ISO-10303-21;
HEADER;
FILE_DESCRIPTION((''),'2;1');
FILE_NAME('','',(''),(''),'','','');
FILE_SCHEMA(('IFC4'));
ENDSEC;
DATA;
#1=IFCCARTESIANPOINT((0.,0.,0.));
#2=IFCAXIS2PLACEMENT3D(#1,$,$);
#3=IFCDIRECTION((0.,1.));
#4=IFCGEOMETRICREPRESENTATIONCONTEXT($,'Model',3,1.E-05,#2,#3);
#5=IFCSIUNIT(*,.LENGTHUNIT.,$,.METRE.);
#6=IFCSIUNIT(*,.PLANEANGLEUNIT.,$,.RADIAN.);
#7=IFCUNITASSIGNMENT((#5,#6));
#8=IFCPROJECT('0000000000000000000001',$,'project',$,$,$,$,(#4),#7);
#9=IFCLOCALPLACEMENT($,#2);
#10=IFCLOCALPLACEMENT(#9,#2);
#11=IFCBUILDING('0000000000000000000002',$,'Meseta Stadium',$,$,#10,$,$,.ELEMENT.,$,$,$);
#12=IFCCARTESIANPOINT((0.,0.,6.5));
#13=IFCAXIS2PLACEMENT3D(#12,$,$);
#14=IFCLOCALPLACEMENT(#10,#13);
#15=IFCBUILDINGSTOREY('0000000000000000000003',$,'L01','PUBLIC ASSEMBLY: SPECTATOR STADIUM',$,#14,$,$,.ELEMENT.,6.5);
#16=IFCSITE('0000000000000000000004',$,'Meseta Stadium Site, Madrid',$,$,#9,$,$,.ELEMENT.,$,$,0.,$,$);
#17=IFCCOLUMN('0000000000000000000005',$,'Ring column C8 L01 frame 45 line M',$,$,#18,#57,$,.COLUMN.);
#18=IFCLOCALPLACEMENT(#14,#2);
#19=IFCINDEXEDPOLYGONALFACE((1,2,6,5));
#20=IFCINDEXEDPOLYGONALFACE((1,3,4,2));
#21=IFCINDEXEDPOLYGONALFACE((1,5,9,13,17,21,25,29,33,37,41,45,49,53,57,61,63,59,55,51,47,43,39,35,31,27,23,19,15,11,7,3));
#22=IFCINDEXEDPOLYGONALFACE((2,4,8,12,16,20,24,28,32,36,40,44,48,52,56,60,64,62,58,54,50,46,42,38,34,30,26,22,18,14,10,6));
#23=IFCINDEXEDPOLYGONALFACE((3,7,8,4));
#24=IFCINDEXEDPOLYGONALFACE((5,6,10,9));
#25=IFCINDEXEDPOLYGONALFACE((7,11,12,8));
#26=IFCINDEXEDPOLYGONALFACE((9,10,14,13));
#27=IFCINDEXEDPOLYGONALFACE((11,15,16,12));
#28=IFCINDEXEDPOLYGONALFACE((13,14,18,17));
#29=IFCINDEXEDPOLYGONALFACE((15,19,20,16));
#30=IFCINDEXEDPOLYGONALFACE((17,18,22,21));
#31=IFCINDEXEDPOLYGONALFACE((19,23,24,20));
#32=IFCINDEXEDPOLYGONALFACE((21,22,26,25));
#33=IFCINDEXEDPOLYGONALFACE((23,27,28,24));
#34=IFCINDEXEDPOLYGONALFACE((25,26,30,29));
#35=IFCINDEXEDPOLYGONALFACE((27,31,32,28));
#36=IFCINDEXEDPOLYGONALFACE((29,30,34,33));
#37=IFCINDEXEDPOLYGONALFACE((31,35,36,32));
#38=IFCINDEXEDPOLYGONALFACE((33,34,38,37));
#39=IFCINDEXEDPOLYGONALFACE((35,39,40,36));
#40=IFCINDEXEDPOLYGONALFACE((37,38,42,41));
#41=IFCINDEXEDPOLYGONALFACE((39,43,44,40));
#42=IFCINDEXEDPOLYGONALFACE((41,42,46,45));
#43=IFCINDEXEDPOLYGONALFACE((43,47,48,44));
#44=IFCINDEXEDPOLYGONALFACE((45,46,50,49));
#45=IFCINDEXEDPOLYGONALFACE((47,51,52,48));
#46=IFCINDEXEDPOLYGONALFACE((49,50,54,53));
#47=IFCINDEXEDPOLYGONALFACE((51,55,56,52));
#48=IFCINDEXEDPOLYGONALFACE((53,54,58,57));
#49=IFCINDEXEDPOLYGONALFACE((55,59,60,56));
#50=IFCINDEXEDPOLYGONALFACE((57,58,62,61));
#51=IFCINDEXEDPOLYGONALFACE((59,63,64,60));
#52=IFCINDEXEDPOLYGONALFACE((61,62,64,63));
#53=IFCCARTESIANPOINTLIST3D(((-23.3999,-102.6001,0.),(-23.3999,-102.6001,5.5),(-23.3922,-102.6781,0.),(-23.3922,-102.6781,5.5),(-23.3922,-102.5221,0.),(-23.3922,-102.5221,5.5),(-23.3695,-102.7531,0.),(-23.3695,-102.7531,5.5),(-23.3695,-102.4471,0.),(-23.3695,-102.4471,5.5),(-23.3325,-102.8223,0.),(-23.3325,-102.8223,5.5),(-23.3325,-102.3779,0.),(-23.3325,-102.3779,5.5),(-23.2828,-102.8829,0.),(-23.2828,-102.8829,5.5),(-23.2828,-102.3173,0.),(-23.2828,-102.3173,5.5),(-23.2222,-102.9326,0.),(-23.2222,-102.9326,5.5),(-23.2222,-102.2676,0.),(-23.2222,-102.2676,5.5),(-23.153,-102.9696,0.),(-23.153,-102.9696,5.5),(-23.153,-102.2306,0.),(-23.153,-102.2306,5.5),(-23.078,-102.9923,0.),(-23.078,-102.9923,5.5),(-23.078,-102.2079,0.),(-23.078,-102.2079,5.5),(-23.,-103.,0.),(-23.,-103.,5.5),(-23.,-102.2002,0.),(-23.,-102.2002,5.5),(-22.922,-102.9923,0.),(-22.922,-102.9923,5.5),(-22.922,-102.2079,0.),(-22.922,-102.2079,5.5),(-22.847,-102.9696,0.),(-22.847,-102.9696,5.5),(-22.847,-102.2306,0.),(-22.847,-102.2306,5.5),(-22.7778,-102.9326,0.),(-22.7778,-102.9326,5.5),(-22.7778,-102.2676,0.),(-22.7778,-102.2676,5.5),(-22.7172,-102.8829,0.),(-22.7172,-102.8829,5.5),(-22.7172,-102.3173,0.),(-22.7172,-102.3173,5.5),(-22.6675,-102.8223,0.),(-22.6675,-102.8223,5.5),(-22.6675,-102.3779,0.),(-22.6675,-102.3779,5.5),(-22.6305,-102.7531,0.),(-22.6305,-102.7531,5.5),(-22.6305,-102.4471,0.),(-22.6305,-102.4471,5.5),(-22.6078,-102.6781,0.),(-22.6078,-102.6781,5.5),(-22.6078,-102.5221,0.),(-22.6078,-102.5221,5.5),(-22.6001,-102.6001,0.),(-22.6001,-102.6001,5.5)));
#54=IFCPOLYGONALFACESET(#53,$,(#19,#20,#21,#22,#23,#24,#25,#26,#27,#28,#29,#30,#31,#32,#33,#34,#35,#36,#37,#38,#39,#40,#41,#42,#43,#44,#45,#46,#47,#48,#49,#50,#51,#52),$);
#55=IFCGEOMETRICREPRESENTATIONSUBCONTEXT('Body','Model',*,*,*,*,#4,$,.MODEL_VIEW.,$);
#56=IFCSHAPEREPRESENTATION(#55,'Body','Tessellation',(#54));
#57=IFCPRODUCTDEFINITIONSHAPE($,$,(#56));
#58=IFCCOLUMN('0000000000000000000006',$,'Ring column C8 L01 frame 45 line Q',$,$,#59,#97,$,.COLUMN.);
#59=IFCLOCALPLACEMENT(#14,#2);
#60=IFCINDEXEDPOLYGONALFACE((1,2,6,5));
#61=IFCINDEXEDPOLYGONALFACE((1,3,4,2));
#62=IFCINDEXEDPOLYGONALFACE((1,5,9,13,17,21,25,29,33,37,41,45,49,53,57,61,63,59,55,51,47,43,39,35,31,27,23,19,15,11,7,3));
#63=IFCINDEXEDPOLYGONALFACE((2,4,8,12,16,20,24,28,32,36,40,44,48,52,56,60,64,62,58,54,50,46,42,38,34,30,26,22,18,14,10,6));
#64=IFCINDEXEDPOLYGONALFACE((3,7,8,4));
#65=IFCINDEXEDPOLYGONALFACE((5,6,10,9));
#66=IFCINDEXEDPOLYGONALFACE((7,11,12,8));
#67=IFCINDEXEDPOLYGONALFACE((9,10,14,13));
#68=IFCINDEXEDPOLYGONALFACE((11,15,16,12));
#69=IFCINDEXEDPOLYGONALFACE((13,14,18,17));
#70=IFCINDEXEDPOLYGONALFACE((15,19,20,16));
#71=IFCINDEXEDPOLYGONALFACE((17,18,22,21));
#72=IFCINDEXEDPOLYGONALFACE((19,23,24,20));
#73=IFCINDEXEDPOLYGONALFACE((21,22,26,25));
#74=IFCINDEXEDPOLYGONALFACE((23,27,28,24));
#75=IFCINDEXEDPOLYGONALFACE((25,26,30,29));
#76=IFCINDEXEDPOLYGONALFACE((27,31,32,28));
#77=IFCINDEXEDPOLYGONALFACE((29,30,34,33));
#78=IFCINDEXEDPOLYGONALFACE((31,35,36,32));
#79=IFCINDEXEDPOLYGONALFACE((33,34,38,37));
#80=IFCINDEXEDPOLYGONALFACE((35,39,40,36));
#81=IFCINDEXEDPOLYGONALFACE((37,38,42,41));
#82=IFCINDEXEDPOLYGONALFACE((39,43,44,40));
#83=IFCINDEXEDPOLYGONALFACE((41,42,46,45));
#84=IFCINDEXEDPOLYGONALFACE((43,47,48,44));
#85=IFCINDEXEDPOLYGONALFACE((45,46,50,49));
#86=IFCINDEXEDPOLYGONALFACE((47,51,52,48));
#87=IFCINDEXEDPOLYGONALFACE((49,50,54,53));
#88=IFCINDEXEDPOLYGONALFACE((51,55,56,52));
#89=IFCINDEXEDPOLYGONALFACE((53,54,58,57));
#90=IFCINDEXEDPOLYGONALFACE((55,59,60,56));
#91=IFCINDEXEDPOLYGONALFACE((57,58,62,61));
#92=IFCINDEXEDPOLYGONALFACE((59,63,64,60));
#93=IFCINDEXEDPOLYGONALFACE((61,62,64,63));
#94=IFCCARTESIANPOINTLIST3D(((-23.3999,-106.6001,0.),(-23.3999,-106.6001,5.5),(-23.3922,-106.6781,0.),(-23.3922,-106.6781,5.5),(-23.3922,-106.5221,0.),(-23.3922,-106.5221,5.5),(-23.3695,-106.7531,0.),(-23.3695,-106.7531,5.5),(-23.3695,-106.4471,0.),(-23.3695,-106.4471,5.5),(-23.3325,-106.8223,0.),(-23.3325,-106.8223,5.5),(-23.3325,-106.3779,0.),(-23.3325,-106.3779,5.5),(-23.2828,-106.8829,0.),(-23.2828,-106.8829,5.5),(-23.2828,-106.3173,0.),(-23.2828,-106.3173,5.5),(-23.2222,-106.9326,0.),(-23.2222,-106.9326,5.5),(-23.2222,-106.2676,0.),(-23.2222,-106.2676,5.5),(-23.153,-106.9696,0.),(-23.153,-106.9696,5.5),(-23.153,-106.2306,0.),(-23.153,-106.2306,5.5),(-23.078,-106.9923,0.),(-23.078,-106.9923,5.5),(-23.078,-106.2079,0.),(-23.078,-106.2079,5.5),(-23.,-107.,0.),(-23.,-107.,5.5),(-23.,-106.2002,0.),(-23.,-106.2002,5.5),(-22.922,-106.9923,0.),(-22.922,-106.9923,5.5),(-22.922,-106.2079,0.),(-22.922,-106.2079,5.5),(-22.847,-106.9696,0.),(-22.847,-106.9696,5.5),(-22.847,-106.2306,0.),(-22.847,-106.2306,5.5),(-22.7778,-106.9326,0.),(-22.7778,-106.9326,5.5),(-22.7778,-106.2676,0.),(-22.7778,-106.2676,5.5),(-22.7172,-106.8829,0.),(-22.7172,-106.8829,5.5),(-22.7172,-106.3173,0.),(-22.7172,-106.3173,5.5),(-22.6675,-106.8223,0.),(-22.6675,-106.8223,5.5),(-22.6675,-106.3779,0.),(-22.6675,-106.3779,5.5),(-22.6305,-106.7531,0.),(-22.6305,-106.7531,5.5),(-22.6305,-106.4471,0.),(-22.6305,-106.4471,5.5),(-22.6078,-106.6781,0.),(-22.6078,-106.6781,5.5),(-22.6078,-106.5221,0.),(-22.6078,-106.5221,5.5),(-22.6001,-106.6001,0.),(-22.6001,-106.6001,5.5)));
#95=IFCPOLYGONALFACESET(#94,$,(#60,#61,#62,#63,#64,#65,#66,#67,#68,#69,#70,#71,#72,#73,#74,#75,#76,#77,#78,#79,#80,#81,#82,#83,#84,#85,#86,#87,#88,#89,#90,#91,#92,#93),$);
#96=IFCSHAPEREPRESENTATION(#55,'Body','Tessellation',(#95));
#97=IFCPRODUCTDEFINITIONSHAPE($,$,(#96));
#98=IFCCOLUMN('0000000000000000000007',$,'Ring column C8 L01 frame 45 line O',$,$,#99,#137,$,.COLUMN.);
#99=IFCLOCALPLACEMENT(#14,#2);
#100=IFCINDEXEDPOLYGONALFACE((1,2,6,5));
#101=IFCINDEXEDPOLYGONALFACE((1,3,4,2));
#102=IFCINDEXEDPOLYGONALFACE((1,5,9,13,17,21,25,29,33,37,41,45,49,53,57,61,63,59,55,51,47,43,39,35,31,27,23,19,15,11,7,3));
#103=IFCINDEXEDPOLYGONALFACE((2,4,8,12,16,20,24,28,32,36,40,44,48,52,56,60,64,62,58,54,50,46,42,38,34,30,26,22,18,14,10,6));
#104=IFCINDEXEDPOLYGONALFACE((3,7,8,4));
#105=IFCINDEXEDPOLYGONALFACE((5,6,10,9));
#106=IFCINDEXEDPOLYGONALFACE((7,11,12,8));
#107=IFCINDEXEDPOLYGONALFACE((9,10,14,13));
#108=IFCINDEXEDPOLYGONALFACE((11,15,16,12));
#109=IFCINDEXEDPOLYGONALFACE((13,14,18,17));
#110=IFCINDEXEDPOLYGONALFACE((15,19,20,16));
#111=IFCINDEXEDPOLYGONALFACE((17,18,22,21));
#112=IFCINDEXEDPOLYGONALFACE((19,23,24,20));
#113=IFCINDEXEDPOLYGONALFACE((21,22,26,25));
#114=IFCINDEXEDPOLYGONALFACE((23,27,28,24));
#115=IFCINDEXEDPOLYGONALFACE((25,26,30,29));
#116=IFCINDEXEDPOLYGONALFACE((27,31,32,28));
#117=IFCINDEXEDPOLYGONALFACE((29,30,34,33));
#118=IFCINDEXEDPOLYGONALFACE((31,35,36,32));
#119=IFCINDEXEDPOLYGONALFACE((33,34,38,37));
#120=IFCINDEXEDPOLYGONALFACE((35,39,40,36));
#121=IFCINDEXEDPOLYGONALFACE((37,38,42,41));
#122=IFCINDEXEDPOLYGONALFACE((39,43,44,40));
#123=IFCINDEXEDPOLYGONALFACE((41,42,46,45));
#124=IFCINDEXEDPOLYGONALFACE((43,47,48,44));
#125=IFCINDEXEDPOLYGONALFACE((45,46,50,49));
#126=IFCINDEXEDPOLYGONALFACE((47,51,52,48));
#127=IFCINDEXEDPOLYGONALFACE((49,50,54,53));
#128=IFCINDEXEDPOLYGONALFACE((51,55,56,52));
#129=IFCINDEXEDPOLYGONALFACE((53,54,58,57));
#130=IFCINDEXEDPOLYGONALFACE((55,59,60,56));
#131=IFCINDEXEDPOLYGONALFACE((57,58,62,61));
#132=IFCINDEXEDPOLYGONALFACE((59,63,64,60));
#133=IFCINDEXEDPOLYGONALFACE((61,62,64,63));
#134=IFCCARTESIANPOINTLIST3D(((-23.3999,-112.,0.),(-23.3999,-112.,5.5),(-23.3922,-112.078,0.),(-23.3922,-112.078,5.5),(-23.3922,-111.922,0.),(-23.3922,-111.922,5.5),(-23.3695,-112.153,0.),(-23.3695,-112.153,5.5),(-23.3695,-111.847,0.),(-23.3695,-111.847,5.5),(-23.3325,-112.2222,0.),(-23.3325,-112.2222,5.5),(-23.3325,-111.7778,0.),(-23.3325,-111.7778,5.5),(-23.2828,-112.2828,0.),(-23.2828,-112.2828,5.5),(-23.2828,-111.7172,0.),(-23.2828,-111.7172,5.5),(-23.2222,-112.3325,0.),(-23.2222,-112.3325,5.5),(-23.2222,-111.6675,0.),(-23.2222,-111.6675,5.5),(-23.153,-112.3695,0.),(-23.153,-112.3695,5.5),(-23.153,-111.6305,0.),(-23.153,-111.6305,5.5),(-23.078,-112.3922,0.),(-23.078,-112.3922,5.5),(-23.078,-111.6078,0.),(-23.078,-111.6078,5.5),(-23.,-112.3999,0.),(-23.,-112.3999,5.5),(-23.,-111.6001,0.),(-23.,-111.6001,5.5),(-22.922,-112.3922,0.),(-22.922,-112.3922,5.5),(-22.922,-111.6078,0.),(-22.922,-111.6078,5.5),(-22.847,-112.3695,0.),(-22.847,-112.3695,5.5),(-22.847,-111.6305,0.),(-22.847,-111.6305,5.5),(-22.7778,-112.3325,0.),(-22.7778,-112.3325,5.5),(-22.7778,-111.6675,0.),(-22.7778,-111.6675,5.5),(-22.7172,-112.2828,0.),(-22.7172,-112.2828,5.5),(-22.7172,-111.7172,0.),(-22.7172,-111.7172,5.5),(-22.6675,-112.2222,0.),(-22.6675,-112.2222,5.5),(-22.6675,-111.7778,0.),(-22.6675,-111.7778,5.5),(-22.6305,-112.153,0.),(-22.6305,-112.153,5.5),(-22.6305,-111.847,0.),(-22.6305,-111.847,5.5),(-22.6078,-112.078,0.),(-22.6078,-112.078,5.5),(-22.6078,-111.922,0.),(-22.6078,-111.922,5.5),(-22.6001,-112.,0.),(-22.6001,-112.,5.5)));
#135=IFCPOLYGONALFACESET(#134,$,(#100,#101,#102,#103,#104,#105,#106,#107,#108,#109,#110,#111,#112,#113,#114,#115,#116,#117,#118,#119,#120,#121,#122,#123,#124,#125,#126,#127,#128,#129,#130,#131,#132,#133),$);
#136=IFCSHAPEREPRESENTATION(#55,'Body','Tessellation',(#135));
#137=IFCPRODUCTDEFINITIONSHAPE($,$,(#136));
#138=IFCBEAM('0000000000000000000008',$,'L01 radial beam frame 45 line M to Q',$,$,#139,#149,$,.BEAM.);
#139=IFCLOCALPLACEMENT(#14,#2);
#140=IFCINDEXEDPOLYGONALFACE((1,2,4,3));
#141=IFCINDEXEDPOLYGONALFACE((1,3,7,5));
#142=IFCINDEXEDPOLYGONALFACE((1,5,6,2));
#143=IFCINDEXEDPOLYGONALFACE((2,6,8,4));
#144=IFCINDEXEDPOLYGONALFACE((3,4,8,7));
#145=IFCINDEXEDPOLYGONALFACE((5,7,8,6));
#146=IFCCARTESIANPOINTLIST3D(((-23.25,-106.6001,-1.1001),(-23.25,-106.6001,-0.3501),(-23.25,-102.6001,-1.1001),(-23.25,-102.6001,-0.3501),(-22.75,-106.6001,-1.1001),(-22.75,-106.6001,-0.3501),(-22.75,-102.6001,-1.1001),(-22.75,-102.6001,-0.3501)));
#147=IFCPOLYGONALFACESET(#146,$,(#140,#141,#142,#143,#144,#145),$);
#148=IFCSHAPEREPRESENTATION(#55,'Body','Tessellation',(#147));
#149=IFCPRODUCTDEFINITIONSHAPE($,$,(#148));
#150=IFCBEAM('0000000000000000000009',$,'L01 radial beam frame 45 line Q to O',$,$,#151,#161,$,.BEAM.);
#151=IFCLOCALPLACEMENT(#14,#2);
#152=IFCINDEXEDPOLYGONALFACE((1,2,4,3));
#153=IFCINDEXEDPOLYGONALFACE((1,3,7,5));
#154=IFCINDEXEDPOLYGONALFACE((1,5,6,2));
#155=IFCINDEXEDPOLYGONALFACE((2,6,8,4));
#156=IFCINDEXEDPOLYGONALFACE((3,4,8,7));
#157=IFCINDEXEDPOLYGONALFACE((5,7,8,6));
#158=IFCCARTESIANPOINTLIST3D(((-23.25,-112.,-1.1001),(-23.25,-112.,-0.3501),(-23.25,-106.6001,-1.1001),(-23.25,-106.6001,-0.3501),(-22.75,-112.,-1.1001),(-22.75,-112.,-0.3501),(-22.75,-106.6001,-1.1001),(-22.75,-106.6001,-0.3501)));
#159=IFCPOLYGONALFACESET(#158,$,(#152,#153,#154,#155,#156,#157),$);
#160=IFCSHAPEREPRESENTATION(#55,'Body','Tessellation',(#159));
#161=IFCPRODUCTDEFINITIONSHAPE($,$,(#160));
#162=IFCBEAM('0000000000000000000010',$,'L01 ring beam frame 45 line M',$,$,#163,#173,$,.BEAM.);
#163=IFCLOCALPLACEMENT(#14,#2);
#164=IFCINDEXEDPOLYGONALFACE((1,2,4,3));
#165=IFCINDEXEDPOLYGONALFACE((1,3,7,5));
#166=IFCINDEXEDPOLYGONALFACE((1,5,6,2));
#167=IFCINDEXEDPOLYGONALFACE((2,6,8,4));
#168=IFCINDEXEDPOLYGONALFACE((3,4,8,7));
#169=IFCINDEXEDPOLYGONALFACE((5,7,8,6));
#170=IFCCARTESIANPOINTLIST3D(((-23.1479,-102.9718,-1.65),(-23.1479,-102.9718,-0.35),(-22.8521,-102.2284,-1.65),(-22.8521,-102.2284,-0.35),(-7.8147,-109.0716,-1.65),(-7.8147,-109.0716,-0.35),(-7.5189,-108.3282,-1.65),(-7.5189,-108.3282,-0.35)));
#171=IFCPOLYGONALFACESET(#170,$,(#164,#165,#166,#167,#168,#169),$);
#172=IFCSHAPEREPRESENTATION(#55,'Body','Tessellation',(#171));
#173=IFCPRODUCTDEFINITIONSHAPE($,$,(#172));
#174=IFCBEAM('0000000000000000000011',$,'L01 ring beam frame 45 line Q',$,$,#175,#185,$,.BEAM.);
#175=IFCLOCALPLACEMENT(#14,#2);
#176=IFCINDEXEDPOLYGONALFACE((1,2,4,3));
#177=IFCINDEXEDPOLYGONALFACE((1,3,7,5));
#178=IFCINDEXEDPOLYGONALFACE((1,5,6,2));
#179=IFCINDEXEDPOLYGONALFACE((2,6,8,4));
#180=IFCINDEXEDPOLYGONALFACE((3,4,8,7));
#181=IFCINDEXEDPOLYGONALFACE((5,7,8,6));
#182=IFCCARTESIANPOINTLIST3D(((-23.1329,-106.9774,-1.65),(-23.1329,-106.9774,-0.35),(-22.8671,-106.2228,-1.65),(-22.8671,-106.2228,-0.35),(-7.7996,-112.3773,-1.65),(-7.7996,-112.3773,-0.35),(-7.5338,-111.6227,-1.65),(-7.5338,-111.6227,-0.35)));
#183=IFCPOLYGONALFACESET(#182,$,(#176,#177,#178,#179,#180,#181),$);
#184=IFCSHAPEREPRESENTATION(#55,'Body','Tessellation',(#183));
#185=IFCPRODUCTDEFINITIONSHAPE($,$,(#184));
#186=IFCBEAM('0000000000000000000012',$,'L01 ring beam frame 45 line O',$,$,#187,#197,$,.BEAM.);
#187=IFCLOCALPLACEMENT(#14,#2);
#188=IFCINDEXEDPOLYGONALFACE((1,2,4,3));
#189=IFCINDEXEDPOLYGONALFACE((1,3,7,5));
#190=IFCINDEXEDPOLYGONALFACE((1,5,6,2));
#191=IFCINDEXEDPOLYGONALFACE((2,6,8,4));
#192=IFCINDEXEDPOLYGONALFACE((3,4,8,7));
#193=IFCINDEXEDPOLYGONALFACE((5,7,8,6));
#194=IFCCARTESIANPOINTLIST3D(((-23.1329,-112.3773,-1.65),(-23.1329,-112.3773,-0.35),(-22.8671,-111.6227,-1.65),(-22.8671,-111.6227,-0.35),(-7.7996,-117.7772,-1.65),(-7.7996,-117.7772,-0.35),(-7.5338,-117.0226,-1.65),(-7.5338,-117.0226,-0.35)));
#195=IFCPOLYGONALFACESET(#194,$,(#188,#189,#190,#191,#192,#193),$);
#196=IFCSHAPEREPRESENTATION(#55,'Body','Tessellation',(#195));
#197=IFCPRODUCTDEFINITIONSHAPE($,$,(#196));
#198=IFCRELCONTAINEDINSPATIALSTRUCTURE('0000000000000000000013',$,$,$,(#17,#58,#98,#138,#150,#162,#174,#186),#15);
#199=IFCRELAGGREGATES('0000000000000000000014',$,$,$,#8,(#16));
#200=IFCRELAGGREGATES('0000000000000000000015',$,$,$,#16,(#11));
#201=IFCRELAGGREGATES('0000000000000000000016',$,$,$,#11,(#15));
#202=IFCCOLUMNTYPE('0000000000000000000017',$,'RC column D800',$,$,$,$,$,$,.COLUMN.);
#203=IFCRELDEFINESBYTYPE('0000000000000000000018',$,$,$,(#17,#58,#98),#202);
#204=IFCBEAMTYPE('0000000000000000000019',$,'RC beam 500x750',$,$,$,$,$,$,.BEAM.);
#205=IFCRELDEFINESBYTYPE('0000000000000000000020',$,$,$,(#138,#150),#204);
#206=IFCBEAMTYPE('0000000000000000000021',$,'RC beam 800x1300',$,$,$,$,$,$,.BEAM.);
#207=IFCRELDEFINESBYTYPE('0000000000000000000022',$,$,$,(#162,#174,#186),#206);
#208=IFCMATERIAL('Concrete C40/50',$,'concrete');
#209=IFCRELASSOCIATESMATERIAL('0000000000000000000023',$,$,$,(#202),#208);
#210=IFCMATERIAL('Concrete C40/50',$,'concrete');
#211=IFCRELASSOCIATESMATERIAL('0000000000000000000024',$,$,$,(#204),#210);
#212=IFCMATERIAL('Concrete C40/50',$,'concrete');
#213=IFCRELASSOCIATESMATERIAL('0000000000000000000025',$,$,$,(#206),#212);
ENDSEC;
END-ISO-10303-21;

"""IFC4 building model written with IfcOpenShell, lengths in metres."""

from ifc_helpers import new_model, si_unit, direction, frame, origin, origin_2d, place, context, subcontext, project, spatial, rectangle, circle, extrude, material, material_profile, profile_set, type_object, element, save


model = new_model("IFC4")

# Units and contexts
model_context = context("Model", 3, precision=1e-05, world=origin(), true_north=direction((0.0, 1.0)))
body_context = subcontext(model_context, "Body", "Model", "MODEL_VIEW")
ifc_project = project(units=[si_unit("LENGTHUNIT", "METRE"), si_unit("PLANEANGLEUNIT", "RADIAN")], contexts=[model_context])

# Site, building, storey
site_placement = place(None, origin())
site = spatial("IfcSite", under=ifc_project, at=site_placement, Name="Meseta Stadium Site, Madrid", CompositionType="ELEMENT", RefElevation=0.0)
building_placement = place(site_placement, origin())
building = spatial("IfcBuilding", under=site, at=building_placement, Name="Meseta Stadium", CompositionType="ELEMENT")
storey_placement = place(building_placement, frame((0.0, 0.0, 6.5)))
storey = spatial("IfcBuildingStorey", under=building, at=storey_placement, Name="L01", Description="PUBLIC ASSEMBLY: SPECTATOR STADIUM", CompositionType="ELEMENT", Elevation=6.5)

# Columns
ifc_material_1 = material(Name="Concrete C40/50", Category="concrete")
ifc_material_profile_1 = material_profile(ifc_material_1, circle(Radius=0.3999, at=origin_2d()), Name="RC D800")
ifc_profile_set_1 = profile_set([ifc_material_profile_1], Name="Concrete C40/50")
column_type = type_object("IfcColumnType", Name="RC column D800", PredefinedType="COLUMN", material=ifc_profile_set_1)
for number, where, z_axis, x_axis, name in (
    (1, (-23.0, -102.6001, 0.0), (0.0, 0.0, 1.0), (1.0, 0.0, 0.0), "Ring column C8 L01 frame 45 line M"),
    (2, (-23.0, -106.6001, 0.0), (0.0, 0.0, 1.0), (1.0, 0.0, 0.0), "Ring column C8 L01 frame 45 line Q"),
    (3, (-23.0, -112.0, 0.0), (0.0, 0.0, 1.0), (1.0, 0.0, 0.0), "Ring column C8 L01 frame 45 line O"),
):
    element("IfcColumn", number, at=place(storey_placement, frame(where, z_axis=z_axis, x_axis=x_axis)), inside=storey, type_object=column_type, Name=name, PredefinedType="COLUMN", context=body_context, shape_type="SweptSolid", body=[
        extrude(circle(Radius=0.3999, at=origin_2d()), origin(), (0.0, 0.0, 1.0), 5.5),
    ])

# Beams
ifc_material_2 = material(Name="Concrete C40/50", Category="concrete")
ifc_material_profile_2 = material_profile(ifc_material_2, rectangle(XDim=0.5, YDim=0.75, at=origin_2d()), Name="RC 500x750")
ifc_profile_set_2 = profile_set([ifc_material_profile_2], Name="Concrete C40/50")
beam_type_1 = type_object("IfcBeamType", Name="RC beam 500x750", PredefinedType="BEAM", material=ifc_profile_set_2)
beam_1_placement = place(storey_placement, frame((-23.0, -102.6001, -0.7251), z_axis=(0.0, -1.0, 0.0), x_axis=(1.0, 0.0, 0.0)))
element("IfcBeam", 4, at=beam_1_placement, inside=storey, type_object=beam_type_1, Name="L01 radial beam frame 45 line M to Q", PredefinedType="BEAM", context=body_context, shape_type="SweptSolid", body=[
    extrude(rectangle(XDim=0.5, YDim=0.75, at=origin_2d()), origin(), (0.0, 0.0, 1.0), 4.0),
])
beam_2_placement = place(storey_placement, frame((-23.0, -106.6001, -0.7251), z_axis=(0.0, -1.0, 0.0), x_axis=(1.0, 0.0, 0.0)))
element("IfcBeam", 5, at=beam_2_placement, inside=storey, type_object=beam_type_1, Name="L01 radial beam frame 45 line Q to O", PredefinedType="BEAM", context=body_context, shape_type="SweptSolid", body=[
    extrude(rectangle(XDim=0.5, YDim=0.75, at=origin_2d()), origin(), (0.0, 0.0, 1.0), 5.3999),
])
ifc_material_3 = material(Name="Concrete C40/50", Category="concrete")
ifc_material_profile_3 = material_profile(ifc_material_3, rectangle(XDim=0.8, YDim=1.3, at=origin_2d()), Name="RC 800x1300")
ifc_profile_set_3 = profile_set([ifc_material_profile_3], Name="Concrete C40/50")
beam_type_2 = type_object("IfcBeamType", Name="RC beam 800x1300", PredefinedType="BEAM", material=ifc_profile_set_3)
beam_3_placement = place(storey_placement, frame((-23.0, -102.6001, -1.0), z_axis=(0.929174, -0.369643, 0.0), x_axis=(0.369643, 0.929174, 0.0)))
element("IfcBeam", 6, at=beam_3_placement, inside=storey, type_object=beam_type_2, Name="L01 ring beam frame 45 line M", PredefinedType="BEAM", context=body_context, shape_type="SweptSolid", body=[
    extrude(rectangle(XDim=0.8, YDim=1.3, at=origin_2d()), origin(), (0.0, 0.0, 1.0), 16.502),
])
for number, where, z_axis, x_axis, name in (
    (7, (-23.0, -106.6001, -1.0), (0.943219, -0.332173, 0.0), (0.332173, 0.943219, 0.0), "L01 ring beam frame 45 line Q"),
    (8, (-23.0, -112.0, -1.0), (0.943219, -0.332173, 0.0), (0.332173, 0.943219, 0.0), "L01 ring beam frame 45 line O"),
):
    element("IfcBeam", number, at=place(storey_placement, frame(where, z_axis=z_axis, x_axis=x_axis)), inside=storey, type_object=beam_type_2, Name=name, PredefinedType="BEAM", context=body_context, shape_type="SweptSolid", body=[
        extrude(rectangle(XDim=0.8, YDim=1.3, at=origin_2d()), origin(), (0.0, 0.0, 1.0), 16.2563),
    ])

save(model, "model.ifc")
